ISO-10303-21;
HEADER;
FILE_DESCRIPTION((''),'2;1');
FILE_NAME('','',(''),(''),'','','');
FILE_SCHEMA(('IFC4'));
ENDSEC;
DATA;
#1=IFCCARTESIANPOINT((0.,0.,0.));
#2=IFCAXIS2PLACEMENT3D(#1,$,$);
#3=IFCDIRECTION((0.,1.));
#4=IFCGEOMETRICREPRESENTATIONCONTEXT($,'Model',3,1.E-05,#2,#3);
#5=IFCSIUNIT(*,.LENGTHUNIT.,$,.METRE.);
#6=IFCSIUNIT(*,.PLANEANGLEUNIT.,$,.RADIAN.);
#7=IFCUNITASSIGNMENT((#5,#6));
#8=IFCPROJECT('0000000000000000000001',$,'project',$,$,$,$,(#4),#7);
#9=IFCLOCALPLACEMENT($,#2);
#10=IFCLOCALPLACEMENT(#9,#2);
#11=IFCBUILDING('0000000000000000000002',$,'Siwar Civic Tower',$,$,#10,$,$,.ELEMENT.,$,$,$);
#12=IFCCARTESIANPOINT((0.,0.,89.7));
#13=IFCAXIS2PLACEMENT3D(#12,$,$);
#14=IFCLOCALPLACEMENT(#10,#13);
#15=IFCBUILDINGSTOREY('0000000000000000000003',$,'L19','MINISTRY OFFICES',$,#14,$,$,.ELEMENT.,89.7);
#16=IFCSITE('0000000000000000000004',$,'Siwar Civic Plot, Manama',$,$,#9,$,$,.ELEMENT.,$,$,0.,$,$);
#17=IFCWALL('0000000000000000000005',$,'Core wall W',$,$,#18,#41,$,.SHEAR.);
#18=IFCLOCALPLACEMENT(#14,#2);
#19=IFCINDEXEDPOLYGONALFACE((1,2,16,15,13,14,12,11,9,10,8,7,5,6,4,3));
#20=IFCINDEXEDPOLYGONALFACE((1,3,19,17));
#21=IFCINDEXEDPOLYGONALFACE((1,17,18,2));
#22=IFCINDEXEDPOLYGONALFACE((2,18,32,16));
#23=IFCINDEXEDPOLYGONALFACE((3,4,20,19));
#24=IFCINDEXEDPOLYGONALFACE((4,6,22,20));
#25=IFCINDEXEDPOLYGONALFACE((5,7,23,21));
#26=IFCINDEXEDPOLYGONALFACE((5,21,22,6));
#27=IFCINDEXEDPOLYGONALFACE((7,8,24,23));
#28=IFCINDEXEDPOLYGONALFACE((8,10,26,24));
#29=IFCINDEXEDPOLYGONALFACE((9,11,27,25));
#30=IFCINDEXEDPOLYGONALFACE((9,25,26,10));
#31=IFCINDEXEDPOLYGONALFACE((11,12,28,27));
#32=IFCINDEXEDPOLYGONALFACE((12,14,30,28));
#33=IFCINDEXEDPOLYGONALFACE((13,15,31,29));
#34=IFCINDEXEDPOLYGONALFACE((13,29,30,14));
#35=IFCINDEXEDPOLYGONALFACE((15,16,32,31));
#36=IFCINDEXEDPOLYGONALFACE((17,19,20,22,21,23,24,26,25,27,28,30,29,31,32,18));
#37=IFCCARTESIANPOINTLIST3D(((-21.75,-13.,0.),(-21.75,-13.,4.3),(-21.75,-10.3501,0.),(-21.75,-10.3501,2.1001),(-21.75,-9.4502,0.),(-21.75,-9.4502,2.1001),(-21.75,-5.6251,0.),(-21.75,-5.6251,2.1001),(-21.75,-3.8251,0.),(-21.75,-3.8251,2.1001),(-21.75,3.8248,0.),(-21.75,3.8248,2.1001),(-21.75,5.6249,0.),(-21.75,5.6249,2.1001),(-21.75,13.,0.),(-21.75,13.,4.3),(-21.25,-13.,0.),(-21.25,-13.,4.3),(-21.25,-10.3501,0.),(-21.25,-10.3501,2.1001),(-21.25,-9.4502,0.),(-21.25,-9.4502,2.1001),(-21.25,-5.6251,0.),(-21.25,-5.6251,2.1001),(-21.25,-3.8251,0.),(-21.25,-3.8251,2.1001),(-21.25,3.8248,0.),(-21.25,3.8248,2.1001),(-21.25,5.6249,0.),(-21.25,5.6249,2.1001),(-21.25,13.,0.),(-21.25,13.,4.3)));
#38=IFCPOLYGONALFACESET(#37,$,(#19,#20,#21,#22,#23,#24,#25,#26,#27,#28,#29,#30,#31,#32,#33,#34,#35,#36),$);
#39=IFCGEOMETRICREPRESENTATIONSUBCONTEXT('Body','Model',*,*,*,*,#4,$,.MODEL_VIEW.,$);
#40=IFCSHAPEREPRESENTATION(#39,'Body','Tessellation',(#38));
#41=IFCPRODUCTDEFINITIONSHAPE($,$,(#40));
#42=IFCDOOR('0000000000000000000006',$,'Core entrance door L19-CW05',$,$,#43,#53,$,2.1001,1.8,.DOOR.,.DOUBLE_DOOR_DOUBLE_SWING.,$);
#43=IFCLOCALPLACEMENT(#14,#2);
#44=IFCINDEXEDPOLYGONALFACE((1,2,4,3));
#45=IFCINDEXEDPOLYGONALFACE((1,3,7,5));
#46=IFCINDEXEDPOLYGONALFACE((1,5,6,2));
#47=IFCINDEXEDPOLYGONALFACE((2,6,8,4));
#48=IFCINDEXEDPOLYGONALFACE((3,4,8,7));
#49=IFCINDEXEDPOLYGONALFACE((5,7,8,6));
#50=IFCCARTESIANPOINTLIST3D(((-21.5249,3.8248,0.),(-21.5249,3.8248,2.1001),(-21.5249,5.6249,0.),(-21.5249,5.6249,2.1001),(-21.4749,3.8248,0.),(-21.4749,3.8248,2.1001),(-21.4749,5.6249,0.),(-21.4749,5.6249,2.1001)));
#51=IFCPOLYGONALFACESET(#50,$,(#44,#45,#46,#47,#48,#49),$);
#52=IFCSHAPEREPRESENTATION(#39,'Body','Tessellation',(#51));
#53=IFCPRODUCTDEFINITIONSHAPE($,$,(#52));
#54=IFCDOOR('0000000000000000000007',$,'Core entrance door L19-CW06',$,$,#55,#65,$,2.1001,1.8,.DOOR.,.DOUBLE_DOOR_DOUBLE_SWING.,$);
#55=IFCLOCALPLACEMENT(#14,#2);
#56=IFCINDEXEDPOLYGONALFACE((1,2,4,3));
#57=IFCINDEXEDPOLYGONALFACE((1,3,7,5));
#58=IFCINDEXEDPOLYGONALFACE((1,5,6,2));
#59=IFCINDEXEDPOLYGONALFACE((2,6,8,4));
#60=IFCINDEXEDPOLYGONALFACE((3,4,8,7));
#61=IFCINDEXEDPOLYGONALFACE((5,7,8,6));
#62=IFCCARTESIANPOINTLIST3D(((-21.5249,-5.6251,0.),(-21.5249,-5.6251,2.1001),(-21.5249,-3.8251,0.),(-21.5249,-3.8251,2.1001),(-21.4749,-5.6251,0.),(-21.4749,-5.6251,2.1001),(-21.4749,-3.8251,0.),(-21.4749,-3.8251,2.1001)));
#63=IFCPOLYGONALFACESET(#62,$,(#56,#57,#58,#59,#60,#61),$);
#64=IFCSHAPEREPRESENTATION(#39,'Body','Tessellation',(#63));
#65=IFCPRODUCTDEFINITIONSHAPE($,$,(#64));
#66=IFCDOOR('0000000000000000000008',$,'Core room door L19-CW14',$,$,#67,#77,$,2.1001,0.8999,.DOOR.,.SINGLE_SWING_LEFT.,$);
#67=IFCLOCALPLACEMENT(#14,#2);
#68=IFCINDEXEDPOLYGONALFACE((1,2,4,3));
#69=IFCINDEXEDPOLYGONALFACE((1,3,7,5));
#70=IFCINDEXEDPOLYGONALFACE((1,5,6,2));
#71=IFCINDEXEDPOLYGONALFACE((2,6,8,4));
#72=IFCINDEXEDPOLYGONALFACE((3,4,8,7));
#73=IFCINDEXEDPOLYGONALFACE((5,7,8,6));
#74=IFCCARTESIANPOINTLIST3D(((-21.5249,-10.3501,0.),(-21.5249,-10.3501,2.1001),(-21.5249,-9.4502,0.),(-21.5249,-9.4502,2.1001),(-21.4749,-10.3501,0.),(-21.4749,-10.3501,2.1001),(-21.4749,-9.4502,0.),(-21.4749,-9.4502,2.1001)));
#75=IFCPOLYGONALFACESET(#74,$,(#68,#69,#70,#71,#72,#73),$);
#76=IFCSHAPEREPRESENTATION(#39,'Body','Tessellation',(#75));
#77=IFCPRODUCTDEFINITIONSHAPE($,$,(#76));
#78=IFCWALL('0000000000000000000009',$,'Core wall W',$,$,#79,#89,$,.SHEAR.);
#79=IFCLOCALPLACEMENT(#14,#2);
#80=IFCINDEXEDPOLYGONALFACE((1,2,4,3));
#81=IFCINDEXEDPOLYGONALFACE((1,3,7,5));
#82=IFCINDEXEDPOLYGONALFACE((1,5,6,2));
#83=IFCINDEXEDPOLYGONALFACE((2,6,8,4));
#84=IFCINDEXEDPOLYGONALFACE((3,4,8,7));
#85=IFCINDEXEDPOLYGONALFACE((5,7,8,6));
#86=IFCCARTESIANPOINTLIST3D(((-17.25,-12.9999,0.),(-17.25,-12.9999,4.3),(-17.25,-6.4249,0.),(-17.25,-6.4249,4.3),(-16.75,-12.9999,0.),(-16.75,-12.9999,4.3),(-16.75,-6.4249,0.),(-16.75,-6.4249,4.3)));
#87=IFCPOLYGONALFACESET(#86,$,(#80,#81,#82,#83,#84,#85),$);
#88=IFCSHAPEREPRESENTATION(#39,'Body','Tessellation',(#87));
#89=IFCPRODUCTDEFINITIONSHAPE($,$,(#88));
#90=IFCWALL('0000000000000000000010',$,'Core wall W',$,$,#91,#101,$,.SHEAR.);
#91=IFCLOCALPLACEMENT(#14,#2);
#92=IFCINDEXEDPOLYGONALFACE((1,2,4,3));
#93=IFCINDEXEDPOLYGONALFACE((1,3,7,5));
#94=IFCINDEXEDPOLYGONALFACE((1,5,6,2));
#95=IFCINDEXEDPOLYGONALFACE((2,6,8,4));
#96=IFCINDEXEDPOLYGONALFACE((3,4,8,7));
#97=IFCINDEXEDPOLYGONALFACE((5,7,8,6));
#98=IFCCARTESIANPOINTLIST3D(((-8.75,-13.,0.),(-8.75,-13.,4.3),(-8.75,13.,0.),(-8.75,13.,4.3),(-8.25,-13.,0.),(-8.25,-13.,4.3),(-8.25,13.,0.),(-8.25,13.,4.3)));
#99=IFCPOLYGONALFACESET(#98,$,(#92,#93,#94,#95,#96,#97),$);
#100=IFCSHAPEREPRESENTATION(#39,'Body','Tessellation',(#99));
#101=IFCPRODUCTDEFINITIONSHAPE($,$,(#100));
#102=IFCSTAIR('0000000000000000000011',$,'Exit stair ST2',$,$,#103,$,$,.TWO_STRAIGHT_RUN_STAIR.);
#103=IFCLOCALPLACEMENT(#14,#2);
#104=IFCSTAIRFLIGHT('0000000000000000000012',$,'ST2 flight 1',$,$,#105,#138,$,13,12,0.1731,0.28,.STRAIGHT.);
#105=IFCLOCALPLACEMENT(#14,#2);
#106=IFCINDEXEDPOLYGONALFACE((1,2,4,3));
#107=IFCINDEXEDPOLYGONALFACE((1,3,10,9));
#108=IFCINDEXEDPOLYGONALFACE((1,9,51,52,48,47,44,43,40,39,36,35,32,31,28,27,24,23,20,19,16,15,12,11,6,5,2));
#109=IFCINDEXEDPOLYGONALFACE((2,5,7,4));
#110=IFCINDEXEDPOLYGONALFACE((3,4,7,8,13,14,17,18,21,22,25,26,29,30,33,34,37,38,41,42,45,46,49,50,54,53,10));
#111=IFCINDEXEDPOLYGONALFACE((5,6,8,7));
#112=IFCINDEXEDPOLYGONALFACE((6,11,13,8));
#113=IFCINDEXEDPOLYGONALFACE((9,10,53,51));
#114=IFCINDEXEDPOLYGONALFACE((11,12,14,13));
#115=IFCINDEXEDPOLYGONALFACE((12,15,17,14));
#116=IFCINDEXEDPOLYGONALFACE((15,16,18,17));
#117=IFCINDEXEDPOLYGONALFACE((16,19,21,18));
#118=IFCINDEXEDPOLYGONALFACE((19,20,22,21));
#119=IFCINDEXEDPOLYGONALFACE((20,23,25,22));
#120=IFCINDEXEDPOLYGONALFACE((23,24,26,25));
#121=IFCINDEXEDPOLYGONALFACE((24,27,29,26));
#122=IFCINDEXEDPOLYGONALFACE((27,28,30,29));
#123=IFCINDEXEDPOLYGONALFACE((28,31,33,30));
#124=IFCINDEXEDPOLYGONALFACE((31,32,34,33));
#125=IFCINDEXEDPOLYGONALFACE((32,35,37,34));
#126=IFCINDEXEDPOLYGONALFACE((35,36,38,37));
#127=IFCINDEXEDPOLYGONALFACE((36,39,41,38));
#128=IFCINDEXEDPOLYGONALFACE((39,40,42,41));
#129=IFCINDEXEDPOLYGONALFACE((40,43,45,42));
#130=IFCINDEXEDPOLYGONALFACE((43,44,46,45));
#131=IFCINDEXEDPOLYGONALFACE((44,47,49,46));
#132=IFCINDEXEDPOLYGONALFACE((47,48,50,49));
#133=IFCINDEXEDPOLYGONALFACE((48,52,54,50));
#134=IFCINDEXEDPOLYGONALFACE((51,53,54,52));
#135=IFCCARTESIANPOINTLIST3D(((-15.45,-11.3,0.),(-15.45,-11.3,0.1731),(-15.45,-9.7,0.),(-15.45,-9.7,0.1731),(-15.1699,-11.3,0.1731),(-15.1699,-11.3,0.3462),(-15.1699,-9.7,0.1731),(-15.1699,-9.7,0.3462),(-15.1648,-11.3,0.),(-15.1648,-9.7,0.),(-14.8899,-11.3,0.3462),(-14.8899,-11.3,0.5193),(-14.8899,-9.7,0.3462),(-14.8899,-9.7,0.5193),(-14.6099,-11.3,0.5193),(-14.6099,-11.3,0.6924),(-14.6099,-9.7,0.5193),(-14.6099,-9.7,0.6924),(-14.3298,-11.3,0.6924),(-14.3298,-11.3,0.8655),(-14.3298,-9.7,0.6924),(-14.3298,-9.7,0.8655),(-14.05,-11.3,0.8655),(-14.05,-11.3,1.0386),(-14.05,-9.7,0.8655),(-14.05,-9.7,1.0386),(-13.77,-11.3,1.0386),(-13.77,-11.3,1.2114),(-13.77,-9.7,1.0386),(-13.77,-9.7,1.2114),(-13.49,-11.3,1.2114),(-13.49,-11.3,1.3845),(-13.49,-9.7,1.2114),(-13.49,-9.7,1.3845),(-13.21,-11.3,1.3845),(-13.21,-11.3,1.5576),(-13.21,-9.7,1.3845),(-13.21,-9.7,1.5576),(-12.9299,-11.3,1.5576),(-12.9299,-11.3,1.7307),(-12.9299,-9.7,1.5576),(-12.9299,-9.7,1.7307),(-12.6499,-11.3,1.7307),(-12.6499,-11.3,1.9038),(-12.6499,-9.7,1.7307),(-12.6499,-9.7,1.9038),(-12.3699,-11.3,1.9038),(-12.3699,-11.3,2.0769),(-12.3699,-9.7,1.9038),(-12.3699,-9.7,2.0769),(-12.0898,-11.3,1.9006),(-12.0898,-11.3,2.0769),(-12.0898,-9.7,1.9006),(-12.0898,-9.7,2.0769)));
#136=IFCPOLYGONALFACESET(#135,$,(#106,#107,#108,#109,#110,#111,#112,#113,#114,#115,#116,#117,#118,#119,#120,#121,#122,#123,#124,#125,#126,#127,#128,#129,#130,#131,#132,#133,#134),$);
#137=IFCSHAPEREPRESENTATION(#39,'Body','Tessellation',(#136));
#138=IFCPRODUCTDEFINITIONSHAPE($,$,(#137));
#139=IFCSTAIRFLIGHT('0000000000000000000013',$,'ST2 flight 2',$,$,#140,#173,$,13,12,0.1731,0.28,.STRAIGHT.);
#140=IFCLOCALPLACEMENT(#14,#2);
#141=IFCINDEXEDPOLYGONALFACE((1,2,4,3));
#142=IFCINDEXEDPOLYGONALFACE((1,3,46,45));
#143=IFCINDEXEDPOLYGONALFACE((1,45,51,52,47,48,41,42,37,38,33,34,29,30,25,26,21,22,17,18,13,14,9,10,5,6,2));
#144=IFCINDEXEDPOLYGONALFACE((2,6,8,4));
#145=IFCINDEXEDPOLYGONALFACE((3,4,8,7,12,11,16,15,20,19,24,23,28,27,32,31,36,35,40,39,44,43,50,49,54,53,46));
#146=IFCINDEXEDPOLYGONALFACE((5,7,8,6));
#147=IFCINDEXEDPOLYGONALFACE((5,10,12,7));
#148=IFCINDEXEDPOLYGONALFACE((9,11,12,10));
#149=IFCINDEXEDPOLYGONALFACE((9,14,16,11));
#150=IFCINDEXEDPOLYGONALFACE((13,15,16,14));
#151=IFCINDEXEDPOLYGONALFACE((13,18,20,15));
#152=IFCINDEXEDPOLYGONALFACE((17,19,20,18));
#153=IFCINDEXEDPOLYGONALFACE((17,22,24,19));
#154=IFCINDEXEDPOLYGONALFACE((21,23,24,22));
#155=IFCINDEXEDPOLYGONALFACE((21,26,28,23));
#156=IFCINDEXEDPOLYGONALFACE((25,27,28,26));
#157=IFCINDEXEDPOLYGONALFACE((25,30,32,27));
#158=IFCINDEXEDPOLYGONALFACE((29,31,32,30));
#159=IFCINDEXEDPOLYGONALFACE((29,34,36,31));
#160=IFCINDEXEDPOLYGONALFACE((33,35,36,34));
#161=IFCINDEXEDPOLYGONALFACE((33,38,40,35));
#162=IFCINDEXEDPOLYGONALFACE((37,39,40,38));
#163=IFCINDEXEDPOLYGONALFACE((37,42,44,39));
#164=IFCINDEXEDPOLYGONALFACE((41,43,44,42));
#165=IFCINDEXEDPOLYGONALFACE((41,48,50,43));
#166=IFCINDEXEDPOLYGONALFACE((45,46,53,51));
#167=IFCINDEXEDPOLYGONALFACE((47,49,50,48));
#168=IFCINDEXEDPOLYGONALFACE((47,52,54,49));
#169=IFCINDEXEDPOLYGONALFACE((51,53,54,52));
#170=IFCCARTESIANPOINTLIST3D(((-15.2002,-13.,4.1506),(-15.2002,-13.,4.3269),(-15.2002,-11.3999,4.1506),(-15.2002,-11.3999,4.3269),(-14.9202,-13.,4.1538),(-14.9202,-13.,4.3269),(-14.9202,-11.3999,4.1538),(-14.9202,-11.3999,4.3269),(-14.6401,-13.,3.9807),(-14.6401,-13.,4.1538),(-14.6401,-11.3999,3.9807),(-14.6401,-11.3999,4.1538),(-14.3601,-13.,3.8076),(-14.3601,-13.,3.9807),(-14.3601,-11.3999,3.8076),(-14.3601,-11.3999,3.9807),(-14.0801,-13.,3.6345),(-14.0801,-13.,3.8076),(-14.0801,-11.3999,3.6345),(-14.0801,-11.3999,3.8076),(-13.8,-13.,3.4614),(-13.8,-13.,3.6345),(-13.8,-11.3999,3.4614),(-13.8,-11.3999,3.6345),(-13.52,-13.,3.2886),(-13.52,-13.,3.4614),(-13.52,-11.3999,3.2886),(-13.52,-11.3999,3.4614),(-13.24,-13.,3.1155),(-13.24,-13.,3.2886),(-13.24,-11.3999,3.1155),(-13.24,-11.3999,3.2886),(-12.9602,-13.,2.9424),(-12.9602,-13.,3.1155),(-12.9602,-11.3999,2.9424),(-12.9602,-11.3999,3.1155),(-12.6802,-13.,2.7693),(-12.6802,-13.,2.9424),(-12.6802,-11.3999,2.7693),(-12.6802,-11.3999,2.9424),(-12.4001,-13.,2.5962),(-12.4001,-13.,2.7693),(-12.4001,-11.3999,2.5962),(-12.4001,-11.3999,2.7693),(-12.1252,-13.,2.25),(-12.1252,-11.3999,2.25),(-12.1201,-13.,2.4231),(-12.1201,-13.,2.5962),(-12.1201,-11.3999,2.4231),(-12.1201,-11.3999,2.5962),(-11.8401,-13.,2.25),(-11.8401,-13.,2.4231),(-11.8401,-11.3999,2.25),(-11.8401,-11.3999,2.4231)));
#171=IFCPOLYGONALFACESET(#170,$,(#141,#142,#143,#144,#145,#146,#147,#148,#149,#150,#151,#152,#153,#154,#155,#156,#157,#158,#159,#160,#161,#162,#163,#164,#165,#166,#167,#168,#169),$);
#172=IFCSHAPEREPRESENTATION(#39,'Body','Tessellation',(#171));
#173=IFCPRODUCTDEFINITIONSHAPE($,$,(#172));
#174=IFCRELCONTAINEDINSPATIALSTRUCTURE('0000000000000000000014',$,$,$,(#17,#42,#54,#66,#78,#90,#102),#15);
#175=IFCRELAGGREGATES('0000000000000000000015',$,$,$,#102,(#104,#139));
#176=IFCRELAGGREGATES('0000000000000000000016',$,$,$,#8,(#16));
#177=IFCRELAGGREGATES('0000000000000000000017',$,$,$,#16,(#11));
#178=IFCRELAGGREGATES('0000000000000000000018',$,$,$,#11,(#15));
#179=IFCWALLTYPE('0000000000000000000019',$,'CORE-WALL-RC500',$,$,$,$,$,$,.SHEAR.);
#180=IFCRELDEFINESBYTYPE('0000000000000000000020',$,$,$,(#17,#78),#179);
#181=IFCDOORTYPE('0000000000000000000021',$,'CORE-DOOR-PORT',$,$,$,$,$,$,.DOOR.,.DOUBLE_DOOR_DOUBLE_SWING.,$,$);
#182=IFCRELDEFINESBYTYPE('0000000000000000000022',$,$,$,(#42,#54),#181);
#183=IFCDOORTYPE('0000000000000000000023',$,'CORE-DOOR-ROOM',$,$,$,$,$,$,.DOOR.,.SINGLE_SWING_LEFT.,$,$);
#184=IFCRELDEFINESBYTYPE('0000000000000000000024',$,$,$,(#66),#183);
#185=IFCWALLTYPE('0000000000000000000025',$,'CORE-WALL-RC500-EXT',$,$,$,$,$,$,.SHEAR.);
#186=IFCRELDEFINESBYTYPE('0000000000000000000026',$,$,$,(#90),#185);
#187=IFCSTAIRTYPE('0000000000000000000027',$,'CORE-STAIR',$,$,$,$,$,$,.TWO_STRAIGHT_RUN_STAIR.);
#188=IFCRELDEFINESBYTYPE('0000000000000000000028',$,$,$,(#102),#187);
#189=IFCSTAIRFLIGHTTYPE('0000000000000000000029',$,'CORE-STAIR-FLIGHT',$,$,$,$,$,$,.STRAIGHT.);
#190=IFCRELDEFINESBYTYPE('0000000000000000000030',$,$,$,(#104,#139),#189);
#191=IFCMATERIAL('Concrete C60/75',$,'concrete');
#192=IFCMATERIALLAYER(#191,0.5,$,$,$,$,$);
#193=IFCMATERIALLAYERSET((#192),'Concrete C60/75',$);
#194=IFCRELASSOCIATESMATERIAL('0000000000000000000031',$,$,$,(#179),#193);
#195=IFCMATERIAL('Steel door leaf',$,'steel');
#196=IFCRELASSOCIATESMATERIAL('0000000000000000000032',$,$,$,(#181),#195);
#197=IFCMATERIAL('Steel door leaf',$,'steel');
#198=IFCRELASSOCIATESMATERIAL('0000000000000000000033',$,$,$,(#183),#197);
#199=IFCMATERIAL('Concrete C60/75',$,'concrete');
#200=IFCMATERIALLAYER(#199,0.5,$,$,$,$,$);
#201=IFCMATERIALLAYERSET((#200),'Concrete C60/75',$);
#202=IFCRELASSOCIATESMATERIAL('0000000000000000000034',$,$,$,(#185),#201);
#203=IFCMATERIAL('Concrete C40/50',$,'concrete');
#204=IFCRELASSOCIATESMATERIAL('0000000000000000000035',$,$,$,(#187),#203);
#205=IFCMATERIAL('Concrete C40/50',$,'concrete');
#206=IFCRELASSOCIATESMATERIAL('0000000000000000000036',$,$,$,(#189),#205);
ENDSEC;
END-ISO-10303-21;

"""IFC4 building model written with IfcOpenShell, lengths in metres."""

from ifc_helpers import new_model, si_unit, direction, frame, frame_2d, origin, place, context, subcontext, project, spatial, polyline, rectangle, outline, extrude, material, layer, layer_set, type_object, element, fill, aggregate, save


model = new_model("IFC4")

# Units and contexts
model_context = context("Model", 3, precision=1e-05, world=origin(), true_north=direction((0.0, 1.0)))
body_context = subcontext(model_context, "Body", "Model", "MODEL_VIEW")
ifc_project = project(units=[si_unit("LENGTHUNIT", "METRE"), si_unit("PLANEANGLEUNIT", "RADIAN")], contexts=[model_context])

# Site, building, storey
site_placement = place(None, origin())
site = spatial("IfcSite", under=ifc_project, at=site_placement, Name="Siwar Civic Plot, Manama", CompositionType="ELEMENT", RefElevation=0.0)
building_placement = place(site_placement, origin())
building = spatial("IfcBuilding", under=site, at=building_placement, Name="Siwar Civic Tower", CompositionType="ELEMENT")
storey_placement = place(building_placement, frame((0.0, 0.0, 89.7)))
storey = spatial("IfcBuildingStorey", under=building, at=storey_placement, Name="L19", Description="MINISTRY OFFICES", CompositionType="ELEMENT", Elevation=89.7)

# Wall, openings, doors
ifc_material_1 = material(Name="Concrete C60/75", Category="concrete")
ifc_layer_1 = layer(ifc_material_1, 0.5)
ifc_layer_set_1 = layer_set([ifc_layer_1], Name="Concrete C60/75")
wall_type_1 = type_object("IfcWallType", Name="CORE-WALL-RC500", PredefinedType="SHEAR", material=ifc_layer_set_1)
wall_1_placement = place(storey_placement, frame((-21.5, -13.0, 0.0), z_axis=(0.0, 0.0, 1.0), x_axis=(0.0, 1.0, 0.0)))
wall_1 = element("IfcWall", 1, at=wall_1_placement, inside=storey, type_object=wall_type_1, Name="Core wall W", PredefinedType="SHEAR", context=body_context, shape_type="SweptSolid", body=[
    extrude(rectangle(XDim=26.0, YDim=0.5, at=frame_2d((13.0, 0.0))), origin(), (0.0, 0.0, 1.0), 4.3),
])
opening_1_placement = place(wall_1_placement, frame((16.825, 0.0, 0.0)))
opening_1 = element("IfcOpeningElement", 2, at=opening_1_placement, cuts=wall_1, PredefinedType="OPENING", context=body_context, shape_type="SweptSolid", body=[
    extrude(rectangle(XDim=1.8, YDim=2.1001, at=frame_2d((0.8999, 1.05))), frame((0.0, 0.26, 0.0), z_axis=(0.0, -1.0, 0.0), x_axis=(1.0, 0.0, 0.0)), (0.0, 0.0, 1.0), 0.52),
])
opening_2_placement = place(wall_1_placement, frame((7.375, 0.0, 0.0)))
opening_2 = element("IfcOpeningElement", 3, at=opening_2_placement, cuts=wall_1, PredefinedType="OPENING", context=body_context, shape_type="SweptSolid", body=[
    extrude(rectangle(XDim=1.8, YDim=2.1001, at=frame_2d((0.8999, 1.05))), frame((0.0, 0.26, 0.0), z_axis=(0.0, -1.0, 0.0), x_axis=(1.0, 0.0, 0.0)), (0.0, 0.0, 1.0), 0.52),
])
opening_3_placement = place(wall_1_placement, frame((2.6499, 0.0, 0.0)))
opening_3 = element("IfcOpeningElement", 4, at=opening_3_placement, cuts=wall_1, PredefinedType="OPENING", context=body_context, shape_type="SweptSolid", body=[
    extrude(rectangle(XDim=0.8999, YDim=2.1001, at=frame_2d((0.45, 1.05))), frame((0.0, 0.26, 0.0), z_axis=(0.0, -1.0, 0.0), x_axis=(1.0, 0.0, 0.0)), (0.0, 0.0, 1.0), 0.52),
])
ifc_material_2 = material(Name="Steel door leaf", Category="steel")
door_type_1 = type_object("IfcDoorType", Name="CORE-DOOR-PORT", OperationType="DOUBLE_DOOR_DOUBLE_SWING", PredefinedType="DOOR", material=ifc_material_2)
door_1_placement = place(opening_1_placement, origin())
door_1 = element("IfcDoor", 5, at=door_1_placement, inside=storey, type_object=door_type_1, Name="Core entrance door L19-CW05", OperationType="DOUBLE_DOOR_DOUBLE_SWING", OverallHeight=2.1001, OverallWidth=1.8, PredefinedType="DOOR", context=body_context, shape_type="SweptSolid", body=[
    extrude(rectangle(XDim=1.8, YDim=2.1001, at=frame_2d((0.8999, 1.05))), frame((0.0, 0.0249, 0.0), z_axis=(0.0, -1.0, 0.0), x_axis=(1.0, 0.0, 0.0)), (0.0, 0.0, 1.0), 0.05),
])
fill(opening_1, door_1)
door_2_placement = place(opening_2_placement, origin())
door_2 = element("IfcDoor", 6, at=door_2_placement, inside=storey, type_object=door_type_1, Name="Core entrance door L19-CW06", OperationType="DOUBLE_DOOR_DOUBLE_SWING", OverallHeight=2.1001, OverallWidth=1.8, PredefinedType="DOOR", context=body_context, shape_type="SweptSolid", body=[
    extrude(rectangle(XDim=1.8, YDim=2.1001, at=frame_2d((0.8999, 1.05))), frame((0.0, 0.0249, 0.0), z_axis=(0.0, -1.0, 0.0), x_axis=(1.0, 0.0, 0.0)), (0.0, 0.0, 1.0), 0.05),
])
fill(opening_2, door_2)
ifc_material_3 = material(Name="Steel door leaf", Category="steel")
door_type_2 = type_object("IfcDoorType", Name="CORE-DOOR-ROOM", OperationType="SINGLE_SWING_LEFT", PredefinedType="DOOR", material=ifc_material_3)
door_3_placement = place(opening_3_placement, origin())
door_3 = element("IfcDoor", 7, at=door_3_placement, inside=storey, type_object=door_type_2, Name="Core room door L19-CW14", OperationType="SINGLE_SWING_LEFT", OverallHeight=2.1001, OverallWidth=0.8999, PredefinedType="DOOR", context=body_context, shape_type="SweptSolid", body=[
    extrude(rectangle(XDim=0.8999, YDim=2.1001, at=frame_2d((0.45, 1.05))), frame((0.0, 0.0249, 0.0), z_axis=(0.0, -1.0, 0.0), x_axis=(1.0, 0.0, 0.0)), (0.0, 0.0, 1.0), 0.05),
])
fill(opening_3, door_3)

# Walls
wall_2_placement = place(storey_placement, frame((-17.0, -13.0, 0.0), z_axis=(0.0, 0.0, 1.0), x_axis=(0.0, 1.0, 0.0)))
element("IfcWall", 8, at=wall_2_placement, inside=storey, type_object=wall_type_1, Name="Core wall W", PredefinedType="SHEAR", context=body_context, shape_type="SweptSolid", body=[
    extrude(rectangle(XDim=6.575, YDim=0.5, at=frame_2d((3.2876, 0.0))), origin(), (0.0, 0.0, 1.0), 4.3),
])
ifc_material_4 = material(Name="Concrete C60/75", Category="concrete")
ifc_layer_2 = layer(ifc_material_4, 0.5)
ifc_layer_set_2 = layer_set([ifc_layer_2], Name="Concrete C60/75")
wall_type_2 = type_object("IfcWallType", Name="CORE-WALL-RC500-EXT", PredefinedType="SHEAR", material=ifc_layer_set_2)
wall_3_placement = place(storey_placement, frame((-8.5, -13.0, 0.0), z_axis=(0.0, 0.0, 1.0), x_axis=(0.0, 1.0, 0.0)))
element("IfcWall", 9, at=wall_3_placement, inside=storey, type_object=wall_type_2, Name="Core wall W", PredefinedType="SHEAR", context=body_context, shape_type="SweptSolid", body=[
    extrude(rectangle(XDim=26.0, YDim=0.5, at=frame_2d((13.0, 0.0))), origin(), (0.0, 0.0, 1.0), 4.3),
])

# Stair, stair flights
ifc_material_5 = material(Name="Concrete C40/50", Category="concrete")
stair_type = type_object("IfcStairType", Name="CORE-STAIR", PredefinedType="TWO_STRAIGHT_RUN_STAIR", material=ifc_material_5)
stair_placement = place(storey_placement, origin())
stair = element("IfcStair", 10, at=stair_placement, inside=storey, type_object=stair_type, Name="Exit stair ST2", PredefinedType="TWO_STRAIGHT_RUN_STAIR")
ifc_material_6 = material(Name="Concrete C40/50", Category="concrete")
stair_flight_type = type_object("IfcStairFlightType", Name="CORE-STAIR-FLIGHT", PredefinedType="STRAIGHT", material=ifc_material_6)
stair_flight_1_placement = place(storey_placement, frame((-15.45, -10.5, 0.0), z_axis=(0.0, 0.0, 1.0), x_axis=(1.0, 0.0, 0.0)))
stair_flight_1 = element("IfcStairFlight", 11, at=stair_flight_1_placement, type_object=stair_flight_type, Name="ST2 flight 1", NumberOfRisers=13, NumberOfTreads=12, PredefinedType="STRAIGHT", RiserHeight=0.1731, TreadLength=0.28, context=body_context, shape_type="SweptSolid", body=[
    extrude(outline(polyline([(0.0, 0.0), (0.0, 0.1731), (0.28, 0.1731), (0.28, 0.3462), (0.5601, 0.3462), (0.5601, 0.5193), (0.8401, 0.5193), (0.8401, 0.6924), (1.1201, 0.6924), (1.1201, 0.8655), (1.3999, 0.8655), (1.3999, 1.0386), (1.6799, 1.0386), (1.6799, 1.2114), (1.96, 1.2114), (1.96, 1.3845), (2.24, 1.3845), (2.24, 1.5576), (2.52, 1.5576), (2.52, 1.7307), (2.8, 1.7307), (2.8, 1.9038), (3.0801, 1.9038), (3.0801, 2.0769), (3.3601, 2.0769), (3.3601, 2.25), (3.3601, 1.9006), (0.2852, 0.0), (0.0, 0.0)])), frame((0.0, 0.8, 0.0), z_axis=(0.0, -1.0, 0.0), x_axis=(1.0, 0.0, 0.0)), (0.0, 0.0, 1.0), 1.6001),
])
stair_flight_2_placement = place(storey_placement, frame((-11.8401, -12.2, 2.25), z_axis=(0.0, 0.0, 1.0), x_axis=(-1.0, 0.0, 0.0)))
stair_flight_2 = element("IfcStairFlight", 12, at=stair_flight_2_placement, type_object=stair_flight_type, Name="ST2 flight 2", NumberOfRisers=13, NumberOfTreads=12, PredefinedType="STRAIGHT", RiserHeight=0.1731, TreadLength=0.28, context=body_context, shape_type="SweptSolid", body=[
    extrude(outline(polyline([(0.0, 0.0), (0.0, 0.1731), (0.28, 0.1731), (0.28, 0.3462), (0.5601, 0.3462), (0.5601, 0.5193), (0.8401, 0.5193), (0.8401, 0.6924), (1.1201, 0.6924), (1.1201, 0.8655), (1.3999, 0.8655), (1.3999, 1.0386), (1.6799, 1.0386), (1.6799, 1.2114), (1.96, 1.2114), (1.96, 1.3845), (2.24, 1.3845), (2.24, 1.5576), (2.52, 1.5576), (2.52, 1.7307), (2.8, 1.7307), (2.8, 1.9038), (3.0801, 1.9038), (3.0801, 2.0769), (3.3601, 2.0769), (3.3601, 2.25), (3.3601, 1.9006), (0.2852, 0.0), (0.0, 0.0)])), frame((0.0, 0.8, 0.0), z_axis=(0.0, -1.0, 0.0), x_axis=(1.0, 0.0, 0.0)), (0.0, 0.0, 1.0), 1.6001),
])
aggregate(stair, [stair_flight_1, stair_flight_2])

save(model, "model.ifc")
